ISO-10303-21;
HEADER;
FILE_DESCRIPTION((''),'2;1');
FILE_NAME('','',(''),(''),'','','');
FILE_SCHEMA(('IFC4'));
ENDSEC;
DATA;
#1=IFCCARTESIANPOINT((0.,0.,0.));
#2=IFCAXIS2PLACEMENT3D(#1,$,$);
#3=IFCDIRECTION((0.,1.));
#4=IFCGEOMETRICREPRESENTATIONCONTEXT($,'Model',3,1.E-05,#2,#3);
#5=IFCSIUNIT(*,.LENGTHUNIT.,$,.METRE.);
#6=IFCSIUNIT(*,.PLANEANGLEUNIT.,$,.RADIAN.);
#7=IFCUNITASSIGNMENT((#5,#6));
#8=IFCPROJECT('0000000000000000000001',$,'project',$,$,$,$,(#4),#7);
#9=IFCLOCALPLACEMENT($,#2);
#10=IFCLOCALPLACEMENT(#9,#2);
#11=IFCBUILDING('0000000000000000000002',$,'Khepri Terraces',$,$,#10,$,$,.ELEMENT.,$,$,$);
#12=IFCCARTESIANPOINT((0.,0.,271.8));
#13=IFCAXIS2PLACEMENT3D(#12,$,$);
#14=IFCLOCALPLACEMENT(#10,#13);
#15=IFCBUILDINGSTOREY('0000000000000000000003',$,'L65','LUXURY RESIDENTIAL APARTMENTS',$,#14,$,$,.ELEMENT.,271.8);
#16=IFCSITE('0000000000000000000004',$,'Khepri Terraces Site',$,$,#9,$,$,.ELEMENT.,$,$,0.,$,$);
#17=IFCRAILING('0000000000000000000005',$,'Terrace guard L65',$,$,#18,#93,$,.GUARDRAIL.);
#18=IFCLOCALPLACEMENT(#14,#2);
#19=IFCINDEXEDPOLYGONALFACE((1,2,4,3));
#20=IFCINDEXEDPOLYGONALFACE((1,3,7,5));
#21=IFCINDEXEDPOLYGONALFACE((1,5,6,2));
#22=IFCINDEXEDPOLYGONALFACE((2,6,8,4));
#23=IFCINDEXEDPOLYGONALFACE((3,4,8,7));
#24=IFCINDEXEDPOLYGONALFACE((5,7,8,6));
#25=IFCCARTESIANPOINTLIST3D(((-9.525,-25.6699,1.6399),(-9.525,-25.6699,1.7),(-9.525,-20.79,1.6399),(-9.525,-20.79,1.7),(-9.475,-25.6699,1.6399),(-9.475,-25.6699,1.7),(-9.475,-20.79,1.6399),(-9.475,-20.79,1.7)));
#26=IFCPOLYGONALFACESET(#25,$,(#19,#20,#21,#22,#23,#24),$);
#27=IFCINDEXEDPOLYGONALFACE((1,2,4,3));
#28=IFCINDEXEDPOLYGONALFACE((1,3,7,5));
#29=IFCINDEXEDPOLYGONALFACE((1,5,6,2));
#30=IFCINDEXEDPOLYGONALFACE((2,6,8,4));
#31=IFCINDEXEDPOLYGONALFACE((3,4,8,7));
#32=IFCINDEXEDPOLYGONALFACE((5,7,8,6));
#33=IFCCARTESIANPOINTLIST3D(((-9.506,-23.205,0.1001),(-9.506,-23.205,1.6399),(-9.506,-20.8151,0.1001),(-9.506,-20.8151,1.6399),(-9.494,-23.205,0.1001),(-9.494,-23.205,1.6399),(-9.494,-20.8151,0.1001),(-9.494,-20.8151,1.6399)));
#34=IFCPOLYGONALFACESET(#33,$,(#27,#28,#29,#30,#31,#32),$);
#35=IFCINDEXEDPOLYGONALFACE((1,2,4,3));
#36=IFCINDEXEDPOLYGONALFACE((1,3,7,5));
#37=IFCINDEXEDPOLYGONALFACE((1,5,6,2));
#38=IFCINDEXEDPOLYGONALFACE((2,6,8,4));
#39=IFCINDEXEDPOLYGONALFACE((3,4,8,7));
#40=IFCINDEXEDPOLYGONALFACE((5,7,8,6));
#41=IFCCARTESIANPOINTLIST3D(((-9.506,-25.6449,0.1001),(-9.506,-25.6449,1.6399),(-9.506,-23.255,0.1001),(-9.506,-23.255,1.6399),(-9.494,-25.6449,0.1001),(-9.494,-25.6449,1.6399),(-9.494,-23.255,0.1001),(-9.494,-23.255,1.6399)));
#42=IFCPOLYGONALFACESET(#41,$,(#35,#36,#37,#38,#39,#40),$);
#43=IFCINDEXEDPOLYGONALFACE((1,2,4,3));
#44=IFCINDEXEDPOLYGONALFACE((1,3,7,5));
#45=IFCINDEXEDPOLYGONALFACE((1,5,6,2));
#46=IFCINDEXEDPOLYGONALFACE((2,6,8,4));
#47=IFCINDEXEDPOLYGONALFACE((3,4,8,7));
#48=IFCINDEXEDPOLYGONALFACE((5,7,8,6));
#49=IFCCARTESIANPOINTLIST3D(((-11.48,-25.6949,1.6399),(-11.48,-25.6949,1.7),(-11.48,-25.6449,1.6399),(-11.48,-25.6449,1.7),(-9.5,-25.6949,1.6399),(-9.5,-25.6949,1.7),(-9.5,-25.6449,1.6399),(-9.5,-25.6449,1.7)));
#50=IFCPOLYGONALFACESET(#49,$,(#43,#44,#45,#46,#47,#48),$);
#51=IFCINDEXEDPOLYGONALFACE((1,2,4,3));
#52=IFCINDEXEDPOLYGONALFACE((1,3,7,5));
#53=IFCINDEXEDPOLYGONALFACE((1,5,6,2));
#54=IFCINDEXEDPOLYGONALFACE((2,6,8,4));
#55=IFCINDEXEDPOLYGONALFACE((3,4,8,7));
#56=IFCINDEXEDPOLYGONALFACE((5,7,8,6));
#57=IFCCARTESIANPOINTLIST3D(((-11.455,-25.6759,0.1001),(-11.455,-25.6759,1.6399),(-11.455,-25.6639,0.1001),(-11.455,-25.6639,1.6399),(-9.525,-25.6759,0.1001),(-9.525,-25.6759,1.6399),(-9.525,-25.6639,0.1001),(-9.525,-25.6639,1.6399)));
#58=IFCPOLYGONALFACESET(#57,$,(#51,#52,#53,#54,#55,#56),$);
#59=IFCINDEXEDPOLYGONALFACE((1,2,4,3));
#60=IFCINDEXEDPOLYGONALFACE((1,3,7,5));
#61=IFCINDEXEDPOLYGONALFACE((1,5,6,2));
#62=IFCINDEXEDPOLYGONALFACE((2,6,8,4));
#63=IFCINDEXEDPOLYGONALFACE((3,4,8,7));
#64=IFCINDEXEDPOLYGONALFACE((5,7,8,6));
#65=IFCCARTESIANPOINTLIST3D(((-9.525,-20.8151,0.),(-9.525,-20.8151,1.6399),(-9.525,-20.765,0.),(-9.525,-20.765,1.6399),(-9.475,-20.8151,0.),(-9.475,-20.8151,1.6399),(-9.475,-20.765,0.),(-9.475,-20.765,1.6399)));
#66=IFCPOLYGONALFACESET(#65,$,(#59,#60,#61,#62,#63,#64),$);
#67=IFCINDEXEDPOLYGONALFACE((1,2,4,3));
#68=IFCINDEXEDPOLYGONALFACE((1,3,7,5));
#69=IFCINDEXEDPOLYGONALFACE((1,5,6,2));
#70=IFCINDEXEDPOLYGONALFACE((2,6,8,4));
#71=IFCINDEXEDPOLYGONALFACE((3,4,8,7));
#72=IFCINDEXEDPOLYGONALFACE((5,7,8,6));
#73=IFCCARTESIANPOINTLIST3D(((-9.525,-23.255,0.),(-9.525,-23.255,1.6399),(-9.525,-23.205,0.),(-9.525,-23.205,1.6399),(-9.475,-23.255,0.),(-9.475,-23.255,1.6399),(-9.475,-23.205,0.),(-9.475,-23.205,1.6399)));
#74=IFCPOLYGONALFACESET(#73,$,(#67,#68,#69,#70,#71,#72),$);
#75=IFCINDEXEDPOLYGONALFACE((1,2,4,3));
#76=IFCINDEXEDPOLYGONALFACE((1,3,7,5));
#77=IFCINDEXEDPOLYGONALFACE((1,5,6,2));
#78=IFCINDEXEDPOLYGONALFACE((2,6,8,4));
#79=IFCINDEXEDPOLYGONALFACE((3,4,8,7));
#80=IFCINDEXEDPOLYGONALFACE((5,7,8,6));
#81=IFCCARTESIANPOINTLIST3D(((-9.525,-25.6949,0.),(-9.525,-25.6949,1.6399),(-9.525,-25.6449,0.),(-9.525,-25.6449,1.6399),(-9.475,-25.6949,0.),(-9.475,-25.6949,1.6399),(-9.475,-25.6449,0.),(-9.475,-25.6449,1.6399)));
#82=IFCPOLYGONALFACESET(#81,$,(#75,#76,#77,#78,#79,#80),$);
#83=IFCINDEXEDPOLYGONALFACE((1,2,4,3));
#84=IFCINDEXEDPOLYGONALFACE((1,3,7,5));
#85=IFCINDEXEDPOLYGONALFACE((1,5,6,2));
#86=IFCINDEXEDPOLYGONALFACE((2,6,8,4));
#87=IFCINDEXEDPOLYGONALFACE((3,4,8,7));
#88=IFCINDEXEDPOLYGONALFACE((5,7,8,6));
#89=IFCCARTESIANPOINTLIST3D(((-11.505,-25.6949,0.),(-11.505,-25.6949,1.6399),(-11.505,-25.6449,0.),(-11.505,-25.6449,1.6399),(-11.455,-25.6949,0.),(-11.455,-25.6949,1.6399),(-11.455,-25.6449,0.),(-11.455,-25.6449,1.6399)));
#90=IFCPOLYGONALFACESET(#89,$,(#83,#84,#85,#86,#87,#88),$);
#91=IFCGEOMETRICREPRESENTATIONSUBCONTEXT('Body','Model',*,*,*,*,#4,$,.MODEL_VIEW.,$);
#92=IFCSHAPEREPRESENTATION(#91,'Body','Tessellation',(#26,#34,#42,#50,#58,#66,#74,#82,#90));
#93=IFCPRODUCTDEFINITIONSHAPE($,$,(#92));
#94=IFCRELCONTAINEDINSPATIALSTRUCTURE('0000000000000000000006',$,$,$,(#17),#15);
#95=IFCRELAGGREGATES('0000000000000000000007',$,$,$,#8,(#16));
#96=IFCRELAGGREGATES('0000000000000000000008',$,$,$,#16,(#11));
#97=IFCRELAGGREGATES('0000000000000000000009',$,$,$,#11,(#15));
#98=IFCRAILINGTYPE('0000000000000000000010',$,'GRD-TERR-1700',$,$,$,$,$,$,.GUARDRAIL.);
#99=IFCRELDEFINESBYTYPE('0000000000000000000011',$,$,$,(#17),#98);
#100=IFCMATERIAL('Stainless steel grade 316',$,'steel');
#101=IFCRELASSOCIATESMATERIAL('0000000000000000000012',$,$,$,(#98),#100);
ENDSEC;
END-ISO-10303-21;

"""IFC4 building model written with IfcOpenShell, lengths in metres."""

from ifc_helpers import new_model, si_unit, direction, frame, origin, origin_2d, place, context, subcontext, project, spatial, rectangle, extrude, material, type_object, element, save


model = new_model("IFC4")

# Units and contexts
model_context = context("Model", 3, precision=1e-05, world=origin(), true_north=direction((0.0, 1.0)))
body_context = subcontext(model_context, "Body", "Model", "MODEL_VIEW")
ifc_project = project(units=[si_unit("LENGTHUNIT", "METRE"), si_unit("PLANEANGLEUNIT", "RADIAN")], contexts=[model_context])

# Site, building, storey
site_placement = place(None, origin())
site = spatial("IfcSite", under=ifc_project, at=site_placement, Name="Khepri Terraces Site", CompositionType="ELEMENT", RefElevation=0.0)
building_placement = place(site_placement, origin())
building = spatial("IfcBuilding", under=site, at=building_placement, Name="Khepri Terraces", CompositionType="ELEMENT")
storey_placement = place(building_placement, frame((0.0, 0.0, 271.8)))
storey = spatial("IfcBuildingStorey", under=building, at=storey_placement, Name="L65", Description="LUXURY RESIDENTIAL APARTMENTS", CompositionType="ELEMENT", Elevation=271.8)

# Railing
ifc_material_1 = material(Name="Stainless steel grade 316", Category="steel")
railing_type = type_object("IfcRailingType", Name="GRD-TERR-1700", PredefinedType="GUARDRAIL", material=ifc_material_1)
railing_placement = place(storey_placement, frame((-9.5, -20.79, 0.0)))
element("IfcRailing", 1, at=railing_placement, inside=storey, type_object=railing_type, Name="Terrace guard L65", PredefinedType="GUARDRAIL", context=body_context, shape_type="SweptSolid", body=[
    extrude(rectangle(XDim=0.05, YDim=0.0601, at=origin_2d()), frame((0.0, 0.0, 1.6699), z_axis=(0.0, -1.0, 0.0), x_axis=(1.0, 0.0, 0.0)), (0.0, 0.0, 1.0), 4.8799),
    extrude(rectangle(XDim=2.3899, YDim=0.012, at=origin_2d()), frame((0.0, -1.22, 0.1001), z_axis=(0.0, 0.0, 1.0), x_axis=(0.0, -1.0, 0.0)), (0.0, 0.0, 1.0), 1.5398),
    extrude(rectangle(XDim=2.3899, YDim=0.012, at=origin_2d()), frame((0.0, -3.6599, 0.1001), z_axis=(0.0, 0.0, 1.0), x_axis=(0.0, -1.0, 0.0)), (0.0, 0.0, 1.0), 1.5398),
    extrude(rectangle(XDim=0.05, YDim=0.0601, at=origin_2d()), frame((0.0, -4.8799, 1.6699), z_axis=(-1.0, 0.0, 0.0), x_axis=(0.0, -1.0, 0.0)), (0.0, 0.0, 1.0), 1.98),
    extrude(rectangle(XDim=1.9299, YDim=0.012, at=origin_2d()), frame((-0.99, -4.8799, 0.1001), z_axis=(0.0, 0.0, 1.0), x_axis=(-1.0, 0.0, 0.0)), (0.0, 0.0, 1.0), 1.5398),
    extrude(rectangle(XDim=0.05, YDim=0.05, at=origin_2d()), origin(), (0.0, 0.0, 1.0), 1.6399),
    extrude(rectangle(XDim=0.05, YDim=0.05, at=origin_2d()), frame((0.0, -2.4399, 0.0)), (0.0, 0.0, 1.0), 1.6399),
    extrude(rectangle(XDim=0.05, YDim=0.05, at=origin_2d()), frame((0.0, -4.8799, 0.0)), (0.0, 0.0, 1.0), 1.6399),
    extrude(rectangle(XDim=0.05, YDim=0.05, at=origin_2d()), frame((-1.98, -4.8799, 0.0)), (0.0, 0.0, 1.0), 1.6399),
])

save(model, "model.ifc")
